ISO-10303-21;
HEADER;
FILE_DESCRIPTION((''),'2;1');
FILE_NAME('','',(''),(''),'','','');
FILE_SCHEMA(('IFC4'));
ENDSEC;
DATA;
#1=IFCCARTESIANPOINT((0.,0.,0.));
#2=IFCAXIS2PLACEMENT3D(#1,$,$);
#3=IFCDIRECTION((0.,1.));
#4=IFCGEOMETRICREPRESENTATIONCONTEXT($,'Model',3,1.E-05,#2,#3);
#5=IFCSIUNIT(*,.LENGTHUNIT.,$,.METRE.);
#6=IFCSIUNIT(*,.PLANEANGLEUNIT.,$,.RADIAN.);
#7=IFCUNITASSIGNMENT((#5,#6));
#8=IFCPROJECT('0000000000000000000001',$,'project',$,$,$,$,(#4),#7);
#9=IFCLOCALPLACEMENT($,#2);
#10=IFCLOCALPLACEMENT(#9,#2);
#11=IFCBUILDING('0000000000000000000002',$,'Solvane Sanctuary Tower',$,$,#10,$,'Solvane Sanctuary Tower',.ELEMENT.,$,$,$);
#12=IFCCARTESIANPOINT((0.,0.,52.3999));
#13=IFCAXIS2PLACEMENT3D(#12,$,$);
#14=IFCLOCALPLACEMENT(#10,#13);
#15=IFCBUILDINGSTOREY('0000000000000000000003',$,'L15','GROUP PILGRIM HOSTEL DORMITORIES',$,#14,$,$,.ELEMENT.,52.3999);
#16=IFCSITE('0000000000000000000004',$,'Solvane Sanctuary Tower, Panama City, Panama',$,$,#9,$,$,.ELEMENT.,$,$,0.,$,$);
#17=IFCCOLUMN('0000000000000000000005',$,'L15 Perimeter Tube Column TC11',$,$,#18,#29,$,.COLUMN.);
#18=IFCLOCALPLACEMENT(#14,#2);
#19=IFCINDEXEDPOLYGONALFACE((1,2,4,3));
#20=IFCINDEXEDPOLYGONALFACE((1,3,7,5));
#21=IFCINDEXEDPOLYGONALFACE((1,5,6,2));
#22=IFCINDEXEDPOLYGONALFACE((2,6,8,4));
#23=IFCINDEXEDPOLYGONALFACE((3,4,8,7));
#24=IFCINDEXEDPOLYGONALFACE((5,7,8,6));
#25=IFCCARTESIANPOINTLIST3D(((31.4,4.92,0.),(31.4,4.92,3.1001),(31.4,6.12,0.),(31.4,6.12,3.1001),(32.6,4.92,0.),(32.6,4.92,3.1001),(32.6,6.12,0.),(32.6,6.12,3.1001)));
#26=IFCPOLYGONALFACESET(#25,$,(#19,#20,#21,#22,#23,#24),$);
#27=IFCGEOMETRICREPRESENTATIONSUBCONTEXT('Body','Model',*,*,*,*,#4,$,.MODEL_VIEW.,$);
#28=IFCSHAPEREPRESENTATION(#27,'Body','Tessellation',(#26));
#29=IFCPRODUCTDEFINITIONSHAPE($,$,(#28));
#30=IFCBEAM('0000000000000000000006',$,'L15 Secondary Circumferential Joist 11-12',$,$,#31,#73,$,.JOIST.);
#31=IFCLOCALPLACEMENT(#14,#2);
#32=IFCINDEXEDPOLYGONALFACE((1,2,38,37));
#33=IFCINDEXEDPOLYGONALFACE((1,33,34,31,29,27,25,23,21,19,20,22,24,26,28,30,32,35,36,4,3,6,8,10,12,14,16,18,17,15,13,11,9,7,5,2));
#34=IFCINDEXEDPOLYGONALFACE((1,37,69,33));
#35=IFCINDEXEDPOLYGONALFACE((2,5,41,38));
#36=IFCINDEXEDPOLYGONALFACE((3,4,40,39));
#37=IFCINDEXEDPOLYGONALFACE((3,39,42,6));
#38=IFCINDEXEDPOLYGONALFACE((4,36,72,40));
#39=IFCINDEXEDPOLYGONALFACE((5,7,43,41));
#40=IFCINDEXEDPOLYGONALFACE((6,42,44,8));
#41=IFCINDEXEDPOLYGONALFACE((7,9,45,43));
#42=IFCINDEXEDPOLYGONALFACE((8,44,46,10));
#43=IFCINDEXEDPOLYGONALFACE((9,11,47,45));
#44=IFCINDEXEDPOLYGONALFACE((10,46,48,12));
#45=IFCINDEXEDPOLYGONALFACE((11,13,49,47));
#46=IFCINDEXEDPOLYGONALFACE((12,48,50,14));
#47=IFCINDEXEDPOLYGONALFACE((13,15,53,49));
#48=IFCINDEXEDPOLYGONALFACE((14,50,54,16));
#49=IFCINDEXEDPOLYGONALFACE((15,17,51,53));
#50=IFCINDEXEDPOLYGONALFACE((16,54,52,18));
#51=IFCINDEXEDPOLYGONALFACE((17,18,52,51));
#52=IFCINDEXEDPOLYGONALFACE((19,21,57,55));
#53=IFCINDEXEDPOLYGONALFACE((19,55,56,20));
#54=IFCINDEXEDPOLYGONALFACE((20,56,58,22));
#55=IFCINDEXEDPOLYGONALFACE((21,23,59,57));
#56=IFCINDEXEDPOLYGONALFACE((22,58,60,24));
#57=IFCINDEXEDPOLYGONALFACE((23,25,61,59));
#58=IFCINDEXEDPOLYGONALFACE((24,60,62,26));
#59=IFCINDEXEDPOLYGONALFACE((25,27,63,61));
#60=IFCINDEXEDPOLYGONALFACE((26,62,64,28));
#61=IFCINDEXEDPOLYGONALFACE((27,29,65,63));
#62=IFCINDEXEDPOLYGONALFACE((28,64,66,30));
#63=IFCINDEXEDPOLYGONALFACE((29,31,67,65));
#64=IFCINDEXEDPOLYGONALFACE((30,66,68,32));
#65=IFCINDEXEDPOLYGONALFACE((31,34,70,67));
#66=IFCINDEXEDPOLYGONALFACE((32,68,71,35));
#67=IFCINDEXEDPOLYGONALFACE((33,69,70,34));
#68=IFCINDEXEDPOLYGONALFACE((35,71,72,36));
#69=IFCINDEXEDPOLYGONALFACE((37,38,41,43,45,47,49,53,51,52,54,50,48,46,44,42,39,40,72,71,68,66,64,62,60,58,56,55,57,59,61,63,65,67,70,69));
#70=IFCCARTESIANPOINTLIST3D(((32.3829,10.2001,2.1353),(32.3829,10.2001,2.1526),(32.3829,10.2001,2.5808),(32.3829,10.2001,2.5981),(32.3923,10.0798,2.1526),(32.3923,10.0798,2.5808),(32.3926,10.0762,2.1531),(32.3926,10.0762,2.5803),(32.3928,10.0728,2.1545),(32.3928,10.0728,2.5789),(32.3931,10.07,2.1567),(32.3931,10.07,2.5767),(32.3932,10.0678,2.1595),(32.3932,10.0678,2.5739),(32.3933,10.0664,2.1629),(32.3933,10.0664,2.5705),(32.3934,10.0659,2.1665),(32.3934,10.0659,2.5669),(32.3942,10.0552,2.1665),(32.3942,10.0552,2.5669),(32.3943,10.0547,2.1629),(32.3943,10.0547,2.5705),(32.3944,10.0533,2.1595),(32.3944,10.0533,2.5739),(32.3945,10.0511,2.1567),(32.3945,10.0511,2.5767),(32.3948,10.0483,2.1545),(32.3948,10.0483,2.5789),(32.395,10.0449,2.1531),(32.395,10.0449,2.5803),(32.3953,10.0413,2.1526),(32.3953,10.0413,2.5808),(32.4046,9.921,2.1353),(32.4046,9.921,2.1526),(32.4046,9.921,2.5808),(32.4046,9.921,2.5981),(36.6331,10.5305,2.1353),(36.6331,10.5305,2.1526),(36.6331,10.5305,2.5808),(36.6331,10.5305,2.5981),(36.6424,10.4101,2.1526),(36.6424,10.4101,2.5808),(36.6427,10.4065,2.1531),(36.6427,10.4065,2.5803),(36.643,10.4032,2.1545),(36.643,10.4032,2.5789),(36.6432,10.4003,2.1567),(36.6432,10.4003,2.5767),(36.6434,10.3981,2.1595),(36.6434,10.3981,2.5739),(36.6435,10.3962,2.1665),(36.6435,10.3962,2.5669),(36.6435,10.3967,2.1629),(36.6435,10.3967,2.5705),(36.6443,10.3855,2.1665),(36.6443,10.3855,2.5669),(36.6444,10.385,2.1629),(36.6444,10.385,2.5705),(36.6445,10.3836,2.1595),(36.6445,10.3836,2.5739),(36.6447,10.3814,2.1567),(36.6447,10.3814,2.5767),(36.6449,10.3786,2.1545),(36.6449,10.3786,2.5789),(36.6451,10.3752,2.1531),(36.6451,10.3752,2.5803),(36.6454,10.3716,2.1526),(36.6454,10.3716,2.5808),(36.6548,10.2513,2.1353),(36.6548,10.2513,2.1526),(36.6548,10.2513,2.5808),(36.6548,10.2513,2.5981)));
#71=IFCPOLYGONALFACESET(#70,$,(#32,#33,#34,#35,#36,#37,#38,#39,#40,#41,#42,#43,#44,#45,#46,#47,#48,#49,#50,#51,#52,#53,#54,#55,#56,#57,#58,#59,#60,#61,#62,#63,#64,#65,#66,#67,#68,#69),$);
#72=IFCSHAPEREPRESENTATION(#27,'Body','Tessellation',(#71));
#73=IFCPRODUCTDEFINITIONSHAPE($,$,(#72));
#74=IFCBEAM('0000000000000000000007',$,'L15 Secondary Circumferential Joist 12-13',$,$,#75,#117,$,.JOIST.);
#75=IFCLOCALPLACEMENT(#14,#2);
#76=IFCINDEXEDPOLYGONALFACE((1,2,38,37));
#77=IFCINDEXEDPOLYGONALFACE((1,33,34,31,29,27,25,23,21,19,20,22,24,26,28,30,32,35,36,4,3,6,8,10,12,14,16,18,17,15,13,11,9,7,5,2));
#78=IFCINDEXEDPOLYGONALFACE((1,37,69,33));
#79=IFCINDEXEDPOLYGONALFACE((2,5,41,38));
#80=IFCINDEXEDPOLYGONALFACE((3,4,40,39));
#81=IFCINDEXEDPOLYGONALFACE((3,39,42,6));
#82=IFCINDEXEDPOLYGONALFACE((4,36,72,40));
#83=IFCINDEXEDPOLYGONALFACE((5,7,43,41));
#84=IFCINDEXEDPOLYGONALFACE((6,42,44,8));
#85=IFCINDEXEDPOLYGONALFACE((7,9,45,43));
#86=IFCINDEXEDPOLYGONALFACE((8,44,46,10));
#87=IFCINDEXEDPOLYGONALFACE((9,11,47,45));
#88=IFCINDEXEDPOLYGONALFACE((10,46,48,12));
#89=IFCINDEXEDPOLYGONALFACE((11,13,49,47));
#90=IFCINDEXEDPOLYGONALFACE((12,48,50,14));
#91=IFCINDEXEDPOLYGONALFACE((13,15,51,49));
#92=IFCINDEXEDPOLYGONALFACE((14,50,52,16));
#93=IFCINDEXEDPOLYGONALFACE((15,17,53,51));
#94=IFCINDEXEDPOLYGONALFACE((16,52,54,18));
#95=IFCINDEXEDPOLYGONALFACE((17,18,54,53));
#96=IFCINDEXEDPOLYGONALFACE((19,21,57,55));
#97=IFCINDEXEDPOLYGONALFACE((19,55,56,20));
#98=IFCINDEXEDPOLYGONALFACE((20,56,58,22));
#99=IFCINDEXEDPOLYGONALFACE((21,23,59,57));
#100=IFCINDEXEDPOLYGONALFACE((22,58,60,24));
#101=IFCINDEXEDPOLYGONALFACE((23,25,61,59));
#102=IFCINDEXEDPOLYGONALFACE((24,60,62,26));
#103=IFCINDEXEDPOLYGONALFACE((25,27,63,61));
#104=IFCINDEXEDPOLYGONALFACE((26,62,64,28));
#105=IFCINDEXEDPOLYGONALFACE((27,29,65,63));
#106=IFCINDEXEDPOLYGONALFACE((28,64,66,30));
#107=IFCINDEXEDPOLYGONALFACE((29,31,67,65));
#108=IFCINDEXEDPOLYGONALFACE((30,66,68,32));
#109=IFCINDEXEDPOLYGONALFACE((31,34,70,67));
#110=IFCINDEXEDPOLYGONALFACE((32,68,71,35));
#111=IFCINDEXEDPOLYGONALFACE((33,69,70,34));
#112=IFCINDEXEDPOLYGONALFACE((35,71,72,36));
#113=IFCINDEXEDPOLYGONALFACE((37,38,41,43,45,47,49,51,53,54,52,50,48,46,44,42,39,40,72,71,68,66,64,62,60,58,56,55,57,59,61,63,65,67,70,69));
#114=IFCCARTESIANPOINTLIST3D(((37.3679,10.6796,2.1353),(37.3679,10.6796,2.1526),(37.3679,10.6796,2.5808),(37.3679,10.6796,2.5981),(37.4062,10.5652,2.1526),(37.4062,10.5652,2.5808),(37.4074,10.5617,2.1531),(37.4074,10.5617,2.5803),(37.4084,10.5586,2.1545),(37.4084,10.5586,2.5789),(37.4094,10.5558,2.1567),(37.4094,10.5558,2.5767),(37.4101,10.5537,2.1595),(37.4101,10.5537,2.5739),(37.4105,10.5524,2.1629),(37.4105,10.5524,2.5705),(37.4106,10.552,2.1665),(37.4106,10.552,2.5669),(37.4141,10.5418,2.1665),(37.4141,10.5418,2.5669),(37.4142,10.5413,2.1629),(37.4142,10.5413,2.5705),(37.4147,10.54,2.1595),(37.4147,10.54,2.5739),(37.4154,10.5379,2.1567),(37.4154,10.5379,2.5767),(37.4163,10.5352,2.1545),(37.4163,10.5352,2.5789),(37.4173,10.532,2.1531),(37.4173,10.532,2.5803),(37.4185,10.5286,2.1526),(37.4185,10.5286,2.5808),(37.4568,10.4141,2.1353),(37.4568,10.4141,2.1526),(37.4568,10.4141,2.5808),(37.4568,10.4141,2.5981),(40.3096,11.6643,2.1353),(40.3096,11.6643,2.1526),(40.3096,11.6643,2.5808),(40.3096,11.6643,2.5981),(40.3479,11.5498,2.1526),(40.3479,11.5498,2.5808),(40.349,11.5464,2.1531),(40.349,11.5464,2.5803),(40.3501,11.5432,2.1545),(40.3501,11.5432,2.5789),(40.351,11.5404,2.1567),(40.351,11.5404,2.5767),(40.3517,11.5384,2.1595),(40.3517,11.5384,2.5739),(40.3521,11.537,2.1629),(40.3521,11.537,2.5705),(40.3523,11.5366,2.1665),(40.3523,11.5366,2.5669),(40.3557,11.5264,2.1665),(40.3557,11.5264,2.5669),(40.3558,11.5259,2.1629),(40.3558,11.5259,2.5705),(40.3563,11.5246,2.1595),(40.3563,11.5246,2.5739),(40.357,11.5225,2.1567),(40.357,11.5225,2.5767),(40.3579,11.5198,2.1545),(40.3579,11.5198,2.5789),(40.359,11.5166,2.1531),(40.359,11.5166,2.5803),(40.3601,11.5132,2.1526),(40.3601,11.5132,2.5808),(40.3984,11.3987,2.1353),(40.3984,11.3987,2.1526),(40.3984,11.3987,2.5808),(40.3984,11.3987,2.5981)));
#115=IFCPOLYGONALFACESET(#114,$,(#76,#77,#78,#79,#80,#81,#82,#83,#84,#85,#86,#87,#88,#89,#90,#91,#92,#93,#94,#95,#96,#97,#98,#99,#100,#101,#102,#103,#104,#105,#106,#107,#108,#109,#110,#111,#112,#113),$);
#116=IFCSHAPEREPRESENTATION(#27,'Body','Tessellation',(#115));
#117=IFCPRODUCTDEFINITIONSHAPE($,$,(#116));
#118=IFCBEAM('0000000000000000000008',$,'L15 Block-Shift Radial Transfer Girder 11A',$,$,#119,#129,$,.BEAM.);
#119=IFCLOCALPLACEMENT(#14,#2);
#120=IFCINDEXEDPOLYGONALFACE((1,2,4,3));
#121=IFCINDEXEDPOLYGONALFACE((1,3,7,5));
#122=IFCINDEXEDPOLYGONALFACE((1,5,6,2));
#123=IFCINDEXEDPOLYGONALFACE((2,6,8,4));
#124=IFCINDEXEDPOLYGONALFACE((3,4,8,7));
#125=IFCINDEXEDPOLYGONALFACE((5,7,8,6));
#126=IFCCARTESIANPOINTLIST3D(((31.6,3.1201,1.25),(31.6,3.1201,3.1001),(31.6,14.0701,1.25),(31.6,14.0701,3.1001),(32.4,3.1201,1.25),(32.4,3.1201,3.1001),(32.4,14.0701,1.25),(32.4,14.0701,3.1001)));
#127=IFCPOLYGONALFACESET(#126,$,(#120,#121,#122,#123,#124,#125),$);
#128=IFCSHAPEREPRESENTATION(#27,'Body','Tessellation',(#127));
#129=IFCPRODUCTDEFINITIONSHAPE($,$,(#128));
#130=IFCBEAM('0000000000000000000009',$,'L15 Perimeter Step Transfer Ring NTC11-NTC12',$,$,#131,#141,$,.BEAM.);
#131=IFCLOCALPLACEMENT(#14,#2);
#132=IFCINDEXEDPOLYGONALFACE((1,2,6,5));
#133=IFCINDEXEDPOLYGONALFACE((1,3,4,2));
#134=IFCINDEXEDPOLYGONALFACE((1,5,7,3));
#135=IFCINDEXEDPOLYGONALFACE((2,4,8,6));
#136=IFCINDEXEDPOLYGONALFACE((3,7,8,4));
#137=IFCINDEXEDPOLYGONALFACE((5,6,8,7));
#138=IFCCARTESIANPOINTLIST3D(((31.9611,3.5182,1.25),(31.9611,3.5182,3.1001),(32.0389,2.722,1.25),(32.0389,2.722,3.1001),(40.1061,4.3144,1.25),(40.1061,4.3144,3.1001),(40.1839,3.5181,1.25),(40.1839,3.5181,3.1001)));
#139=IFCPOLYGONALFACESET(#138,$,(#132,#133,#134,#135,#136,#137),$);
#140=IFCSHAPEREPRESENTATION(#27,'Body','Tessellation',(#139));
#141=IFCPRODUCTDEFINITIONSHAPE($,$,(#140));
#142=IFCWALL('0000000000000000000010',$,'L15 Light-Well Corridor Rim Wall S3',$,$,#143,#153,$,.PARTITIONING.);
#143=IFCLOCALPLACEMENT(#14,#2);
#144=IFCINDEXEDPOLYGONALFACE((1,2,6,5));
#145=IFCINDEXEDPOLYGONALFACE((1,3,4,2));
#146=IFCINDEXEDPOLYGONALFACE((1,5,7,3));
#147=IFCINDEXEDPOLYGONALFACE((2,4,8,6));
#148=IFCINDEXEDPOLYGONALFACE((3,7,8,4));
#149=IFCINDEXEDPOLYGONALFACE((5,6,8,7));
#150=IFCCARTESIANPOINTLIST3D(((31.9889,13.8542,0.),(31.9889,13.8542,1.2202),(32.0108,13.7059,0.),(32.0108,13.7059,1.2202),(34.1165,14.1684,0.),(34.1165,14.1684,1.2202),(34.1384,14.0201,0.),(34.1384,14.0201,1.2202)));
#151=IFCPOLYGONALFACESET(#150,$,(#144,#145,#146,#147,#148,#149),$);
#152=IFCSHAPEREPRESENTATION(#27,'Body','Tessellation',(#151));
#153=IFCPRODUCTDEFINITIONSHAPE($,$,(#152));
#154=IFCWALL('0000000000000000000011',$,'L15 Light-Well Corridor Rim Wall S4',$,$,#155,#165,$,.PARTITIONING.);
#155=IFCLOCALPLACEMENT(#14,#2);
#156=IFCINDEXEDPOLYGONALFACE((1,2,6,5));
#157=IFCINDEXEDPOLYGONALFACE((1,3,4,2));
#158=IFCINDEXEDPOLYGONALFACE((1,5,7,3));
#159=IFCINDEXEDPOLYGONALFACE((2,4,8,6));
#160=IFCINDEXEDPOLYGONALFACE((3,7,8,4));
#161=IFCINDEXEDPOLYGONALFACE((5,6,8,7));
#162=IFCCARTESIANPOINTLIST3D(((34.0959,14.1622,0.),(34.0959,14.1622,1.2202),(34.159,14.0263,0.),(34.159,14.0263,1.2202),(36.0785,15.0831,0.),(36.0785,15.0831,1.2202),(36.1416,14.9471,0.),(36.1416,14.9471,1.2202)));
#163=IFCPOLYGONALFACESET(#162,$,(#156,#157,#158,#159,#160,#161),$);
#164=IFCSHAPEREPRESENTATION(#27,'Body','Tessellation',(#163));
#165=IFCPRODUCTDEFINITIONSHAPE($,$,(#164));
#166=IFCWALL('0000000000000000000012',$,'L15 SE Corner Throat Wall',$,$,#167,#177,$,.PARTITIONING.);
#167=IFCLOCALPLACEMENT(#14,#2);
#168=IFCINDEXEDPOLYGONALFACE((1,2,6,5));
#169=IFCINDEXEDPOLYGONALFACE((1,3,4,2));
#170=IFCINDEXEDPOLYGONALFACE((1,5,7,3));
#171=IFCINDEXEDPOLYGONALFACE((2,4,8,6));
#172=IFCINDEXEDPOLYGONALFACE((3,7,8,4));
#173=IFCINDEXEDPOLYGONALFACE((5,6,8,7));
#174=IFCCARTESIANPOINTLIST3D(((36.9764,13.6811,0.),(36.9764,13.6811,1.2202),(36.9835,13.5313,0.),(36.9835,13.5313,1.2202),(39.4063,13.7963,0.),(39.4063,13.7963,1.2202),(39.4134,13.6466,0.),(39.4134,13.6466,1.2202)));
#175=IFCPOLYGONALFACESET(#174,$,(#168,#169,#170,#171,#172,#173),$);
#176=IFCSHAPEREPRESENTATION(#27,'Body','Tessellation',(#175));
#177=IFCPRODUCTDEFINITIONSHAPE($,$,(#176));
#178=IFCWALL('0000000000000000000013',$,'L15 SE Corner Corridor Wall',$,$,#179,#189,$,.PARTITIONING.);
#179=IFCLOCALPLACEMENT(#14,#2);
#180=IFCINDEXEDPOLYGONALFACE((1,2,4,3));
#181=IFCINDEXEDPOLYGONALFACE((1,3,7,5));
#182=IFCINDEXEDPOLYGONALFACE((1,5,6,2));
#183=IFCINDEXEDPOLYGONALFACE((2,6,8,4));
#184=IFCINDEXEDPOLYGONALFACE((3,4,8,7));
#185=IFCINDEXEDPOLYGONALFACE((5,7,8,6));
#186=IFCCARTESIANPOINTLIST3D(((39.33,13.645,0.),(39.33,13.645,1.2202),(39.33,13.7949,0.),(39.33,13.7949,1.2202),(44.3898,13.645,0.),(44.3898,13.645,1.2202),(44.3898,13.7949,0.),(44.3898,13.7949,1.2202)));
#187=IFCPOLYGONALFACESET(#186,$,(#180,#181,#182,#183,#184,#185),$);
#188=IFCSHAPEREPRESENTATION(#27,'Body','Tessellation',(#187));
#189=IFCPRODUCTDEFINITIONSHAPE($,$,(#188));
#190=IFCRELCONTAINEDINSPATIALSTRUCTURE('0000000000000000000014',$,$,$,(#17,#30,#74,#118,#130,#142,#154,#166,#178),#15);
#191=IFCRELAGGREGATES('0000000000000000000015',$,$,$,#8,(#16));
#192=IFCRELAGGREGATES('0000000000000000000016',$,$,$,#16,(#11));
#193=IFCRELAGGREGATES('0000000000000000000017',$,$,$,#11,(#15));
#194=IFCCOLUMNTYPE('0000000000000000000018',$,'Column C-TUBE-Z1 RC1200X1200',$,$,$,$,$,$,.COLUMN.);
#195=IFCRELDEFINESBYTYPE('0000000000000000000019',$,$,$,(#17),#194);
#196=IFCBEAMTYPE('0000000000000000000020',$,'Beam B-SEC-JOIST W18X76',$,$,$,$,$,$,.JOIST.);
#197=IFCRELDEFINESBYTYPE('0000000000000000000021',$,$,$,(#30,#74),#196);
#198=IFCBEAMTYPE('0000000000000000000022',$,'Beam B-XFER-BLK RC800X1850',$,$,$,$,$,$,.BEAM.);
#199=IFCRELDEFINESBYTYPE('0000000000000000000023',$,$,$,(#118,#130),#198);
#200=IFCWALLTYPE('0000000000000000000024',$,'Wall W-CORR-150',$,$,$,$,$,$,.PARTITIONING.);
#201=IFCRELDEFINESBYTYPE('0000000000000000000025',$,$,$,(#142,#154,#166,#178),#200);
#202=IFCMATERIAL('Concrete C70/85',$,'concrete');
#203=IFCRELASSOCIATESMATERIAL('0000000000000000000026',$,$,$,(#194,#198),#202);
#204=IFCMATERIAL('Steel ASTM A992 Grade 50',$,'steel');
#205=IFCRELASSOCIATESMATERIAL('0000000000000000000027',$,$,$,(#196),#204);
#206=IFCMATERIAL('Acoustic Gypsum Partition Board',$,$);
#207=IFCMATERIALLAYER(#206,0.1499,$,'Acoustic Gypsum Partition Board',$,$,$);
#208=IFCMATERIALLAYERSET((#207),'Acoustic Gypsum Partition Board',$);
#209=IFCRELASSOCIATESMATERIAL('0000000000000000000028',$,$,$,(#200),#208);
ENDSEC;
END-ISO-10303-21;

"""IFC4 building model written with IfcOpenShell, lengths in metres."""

from ifc_helpers import new_model, si_unit, direction, frame, frame_2d, origin, origin_2d, place, context, subcontext, project, spatial, rectangle, i_section, extrude, material, layer, layer_set, material_profile, profile_set, type_object, element, save


model = new_model("IFC4")

# Units and contexts
model_context = context("Model", 3, precision=1e-05, world=origin(), true_north=direction((0.0, 1.0)))
body_context = subcontext(model_context, "Body", "Model", "MODEL_VIEW")
ifc_project = project(units=[si_unit("LENGTHUNIT", "METRE"), si_unit("PLANEANGLEUNIT", "RADIAN")], contexts=[model_context])

# Site, building, storey
site_placement = place(None, origin())
site = spatial("IfcSite", under=ifc_project, at=site_placement, Name="Solvane Sanctuary Tower, Panama City, Panama", CompositionType="ELEMENT", RefElevation=0.0)
building_placement = place(site_placement, origin())
building = spatial("IfcBuilding", under=site, at=building_placement, Name="Solvane Sanctuary Tower", LongName="Solvane Sanctuary Tower", CompositionType="ELEMENT")
storey_placement = place(building_placement, frame((0.0, 0.0, 52.3999)))
storey = spatial("IfcBuildingStorey", under=building, at=storey_placement, Name="L15", Description="GROUP PILGRIM HOSTEL DORMITORIES", CompositionType="ELEMENT", Elevation=52.3999)

# Column
ifc_material_1 = material(Name="Concrete C70/85", Category="concrete")
ifc_material_profile_1 = material_profile(ifc_material_1, rectangle(XDim=1.2, YDim=1.2, at=origin_2d()), Name="RC1200X1200")
ifc_profile_set_1 = profile_set([ifc_material_profile_1], Name="Concrete C70/85")
column_type = type_object("IfcColumnType", Name="Column C-TUBE-Z1 RC1200X1200", PredefinedType="COLUMN", material=ifc_profile_set_1)
column_placement = place(storey_placement, frame((32.0, 5.52, 0.0), z_axis=(0.0, 0.0, 1.0), x_axis=(0.0, -1.0, 0.0)))
element("IfcColumn", 1, at=column_placement, inside=storey, type_object=column_type, Name="L15 Perimeter Tube Column TC11", PredefinedType="COLUMN", context=body_context, shape_type="SweptSolid", body=[
    extrude(rectangle(XDim=1.2, YDim=1.2, at=origin_2d()), origin(), (0.0, 0.0, 1.0), 3.1001),
])

# Beams
ifc_material_2 = material(Name="Steel ASTM A992 Grade 50", Category="steel")
ifc_material_profile_2 = material_profile(ifc_material_2, i_section(OverallWidth=0.28, OverallDepth=0.4629, WebThickness=0.0107, FlangeThickness=0.0173, FilletRadius=0.0139, at=origin_2d()), Name="W18X76")
ifc_profile_set_2 = profile_set([ifc_material_profile_2], Name="Steel ASTM A992 Grade 50")
beam_type_1 = type_object("IfcBeamType", Name="Beam B-SEC-JOIST W18X76", PredefinedType="JOIST", material=ifc_profile_set_2)
beam_1_placement = place(storey_placement, frame((32.3938, 10.0605, 2.3667), z_axis=(0.996994, 0.077485, 0.0), x_axis=(-0.077485, 0.996994, 0.0)))
element("IfcBeam", 2, at=beam_1_placement, inside=storey, type_object=beam_type_1, Name="L15 Secondary Circumferential Joist 11-12", PredefinedType="JOIST", context=body_context, shape_type="SweptSolid", body=[
    extrude(i_section(OverallWidth=0.28, OverallDepth=0.4629, WebThickness=0.0107, FlangeThickness=0.0173, FilletRadius=0.0139, at=origin_2d()), origin(), (0.0, 0.0, 1.0), 4.2629),
])
beam_2_placement = place(storey_placement, frame((37.4124, 10.5469, 2.3667), z_axis=(0.948289, 0.317408, 0.0), x_axis=(-0.317408, 0.948289, 0.0)))
element("IfcBeam", 3, at=beam_2_placement, inside=storey, type_object=beam_type_1, Name="L15 Secondary Circumferential Joist 12-13", PredefinedType="JOIST", context=body_context, shape_type="SweptSolid", body=[
    extrude(i_section(OverallWidth=0.28, OverallDepth=0.4629, WebThickness=0.0107, FlangeThickness=0.0173, FilletRadius=0.0139, at=origin_2d()), origin(), (0.0, 0.0, 1.0), 3.1021),
])
ifc_material_profile_3 = material_profile(ifc_material_1, rectangle(XDim=0.8, YDim=1.8501, at=origin_2d()), Name="RC800X1850")
ifc_profile_set_3 = profile_set([ifc_material_profile_3], Name="Concrete C70/85")
beam_type_2 = type_object("IfcBeamType", Name="Beam B-XFER-BLK RC800X1850", PredefinedType="BEAM", material=ifc_profile_set_3)
beam_3_placement = place(storey_placement, frame((32.0, 14.0701, 2.175), z_axis=(0.0, -1.0, 0.0), x_axis=(1.0, 0.0, 0.0)))
element("IfcBeam", 4, at=beam_3_placement, inside=storey, type_object=beam_type_2, Name="L15 Block-Shift Radial Transfer Girder 11A", PredefinedType="BEAM", context=body_context, shape_type="SweptSolid", body=[
    extrude(rectangle(XDim=0.8, YDim=1.8501, at=origin_2d()), origin(), (0.0, 0.0, 1.0), 10.95),
])
beam_4_placement = place(storey_placement, frame((32.0, 3.1201, 2.175), z_axis=(0.995257, 0.097282, 0.0), x_axis=(-0.097282, 0.995257, 0.0)))
element("IfcBeam", 5, at=beam_4_placement, inside=storey, type_object=beam_type_2, Name="L15 Perimeter Step Transfer Ring NTC11-NTC12", PredefinedType="BEAM", context=body_context, shape_type="SweptSolid", body=[
    extrude(rectangle(XDim=0.8, YDim=1.8501, at=origin_2d()), origin(), (0.0, 0.0, 1.0), 8.1838),
])

# Walls
ifc_material_3 = material(Name="Acoustic Gypsum Partition Board")
ifc_layer_1 = layer(ifc_material_3, 0.1499, Name="Acoustic Gypsum Partition Board")
ifc_layer_set_1 = layer_set([ifc_layer_1], Name="Acoustic Gypsum Partition Board")
wall_type_1 = type_object("IfcWallType", Name="Wall W-CORR-150", PredefinedType="PARTITIONING", material=ifc_layer_set_1)
wall_1_placement = place(storey_placement, frame((32.0, 13.78, 0.0), z_axis=(0.0, 0.0, 1.0), x_axis=(0.989269, 0.146108, 0.0)))
element("IfcWall", 6, at=wall_1_placement, inside=storey, type_object=wall_type_1, Name="L15 Light-Well Corridor Rim Wall S3", PredefinedType="PARTITIONING", context=body_context, shape_type="SweptSolid", body=[
    extrude(rectangle(XDim=2.1506, YDim=0.1499, at=frame_2d((1.0752, 0.0))), origin(), (0.0, 0.0, 1.0), 1.2202),
])
wall_2_placement = place(storey_placement, frame((34.1274, 14.0942, 0.0), z_axis=(0.0, 0.0, 1.0), x_axis=(0.906943, 0.421252, 0.0)))
element("IfcWall", 7, at=wall_2_placement, inside=storey, type_object=wall_type_1, Name="L15 Light-Well Corridor Rim Wall S4", PredefinedType="PARTITIONING", context=body_context, shape_type="SweptSolid", body=[
    extrude(rectangle(XDim=2.186, YDim=0.1499, at=frame_2d((1.093, 0.0))), origin(), (0.0, 0.0, 1.0), 1.2202),
])
wall_3_placement = place(storey_placement, frame((36.98, 13.6062, 0.0), z_axis=(0.0, 0.0, 1.0), x_axis=(0.998877, 0.04737, 0.0)))
element("IfcWall", 8, at=wall_3_placement, inside=storey, type_object=wall_type_1, Name="L15 SE Corner Throat Wall", PredefinedType="PARTITIONING", context=body_context, shape_type="SweptSolid", body=[
    extrude(rectangle(XDim=2.4326, YDim=0.1499, at=frame_2d((1.2163, 0.0))), origin(), (0.0, 0.0, 1.0), 1.2202),
])
wall_4_placement = place(storey_placement, frame((39.3301, 13.72, 0.0), z_axis=(0.0, 0.0, 1.0), x_axis=(1.0, 0.0, 0.0)))
element("IfcWall", 9, at=wall_4_placement, inside=storey, type_object=wall_type_1, Name="L15 SE Corner Corridor Wall", PredefinedType="PARTITIONING", context=body_context, shape_type="SweptSolid", body=[
    extrude(rectangle(XDim=5.0598, YDim=0.1499, at=frame_2d((2.5298, 0.0))), origin(), (0.0, 0.0, 1.0), 1.2202),
])

save(model, "model.ifc")
